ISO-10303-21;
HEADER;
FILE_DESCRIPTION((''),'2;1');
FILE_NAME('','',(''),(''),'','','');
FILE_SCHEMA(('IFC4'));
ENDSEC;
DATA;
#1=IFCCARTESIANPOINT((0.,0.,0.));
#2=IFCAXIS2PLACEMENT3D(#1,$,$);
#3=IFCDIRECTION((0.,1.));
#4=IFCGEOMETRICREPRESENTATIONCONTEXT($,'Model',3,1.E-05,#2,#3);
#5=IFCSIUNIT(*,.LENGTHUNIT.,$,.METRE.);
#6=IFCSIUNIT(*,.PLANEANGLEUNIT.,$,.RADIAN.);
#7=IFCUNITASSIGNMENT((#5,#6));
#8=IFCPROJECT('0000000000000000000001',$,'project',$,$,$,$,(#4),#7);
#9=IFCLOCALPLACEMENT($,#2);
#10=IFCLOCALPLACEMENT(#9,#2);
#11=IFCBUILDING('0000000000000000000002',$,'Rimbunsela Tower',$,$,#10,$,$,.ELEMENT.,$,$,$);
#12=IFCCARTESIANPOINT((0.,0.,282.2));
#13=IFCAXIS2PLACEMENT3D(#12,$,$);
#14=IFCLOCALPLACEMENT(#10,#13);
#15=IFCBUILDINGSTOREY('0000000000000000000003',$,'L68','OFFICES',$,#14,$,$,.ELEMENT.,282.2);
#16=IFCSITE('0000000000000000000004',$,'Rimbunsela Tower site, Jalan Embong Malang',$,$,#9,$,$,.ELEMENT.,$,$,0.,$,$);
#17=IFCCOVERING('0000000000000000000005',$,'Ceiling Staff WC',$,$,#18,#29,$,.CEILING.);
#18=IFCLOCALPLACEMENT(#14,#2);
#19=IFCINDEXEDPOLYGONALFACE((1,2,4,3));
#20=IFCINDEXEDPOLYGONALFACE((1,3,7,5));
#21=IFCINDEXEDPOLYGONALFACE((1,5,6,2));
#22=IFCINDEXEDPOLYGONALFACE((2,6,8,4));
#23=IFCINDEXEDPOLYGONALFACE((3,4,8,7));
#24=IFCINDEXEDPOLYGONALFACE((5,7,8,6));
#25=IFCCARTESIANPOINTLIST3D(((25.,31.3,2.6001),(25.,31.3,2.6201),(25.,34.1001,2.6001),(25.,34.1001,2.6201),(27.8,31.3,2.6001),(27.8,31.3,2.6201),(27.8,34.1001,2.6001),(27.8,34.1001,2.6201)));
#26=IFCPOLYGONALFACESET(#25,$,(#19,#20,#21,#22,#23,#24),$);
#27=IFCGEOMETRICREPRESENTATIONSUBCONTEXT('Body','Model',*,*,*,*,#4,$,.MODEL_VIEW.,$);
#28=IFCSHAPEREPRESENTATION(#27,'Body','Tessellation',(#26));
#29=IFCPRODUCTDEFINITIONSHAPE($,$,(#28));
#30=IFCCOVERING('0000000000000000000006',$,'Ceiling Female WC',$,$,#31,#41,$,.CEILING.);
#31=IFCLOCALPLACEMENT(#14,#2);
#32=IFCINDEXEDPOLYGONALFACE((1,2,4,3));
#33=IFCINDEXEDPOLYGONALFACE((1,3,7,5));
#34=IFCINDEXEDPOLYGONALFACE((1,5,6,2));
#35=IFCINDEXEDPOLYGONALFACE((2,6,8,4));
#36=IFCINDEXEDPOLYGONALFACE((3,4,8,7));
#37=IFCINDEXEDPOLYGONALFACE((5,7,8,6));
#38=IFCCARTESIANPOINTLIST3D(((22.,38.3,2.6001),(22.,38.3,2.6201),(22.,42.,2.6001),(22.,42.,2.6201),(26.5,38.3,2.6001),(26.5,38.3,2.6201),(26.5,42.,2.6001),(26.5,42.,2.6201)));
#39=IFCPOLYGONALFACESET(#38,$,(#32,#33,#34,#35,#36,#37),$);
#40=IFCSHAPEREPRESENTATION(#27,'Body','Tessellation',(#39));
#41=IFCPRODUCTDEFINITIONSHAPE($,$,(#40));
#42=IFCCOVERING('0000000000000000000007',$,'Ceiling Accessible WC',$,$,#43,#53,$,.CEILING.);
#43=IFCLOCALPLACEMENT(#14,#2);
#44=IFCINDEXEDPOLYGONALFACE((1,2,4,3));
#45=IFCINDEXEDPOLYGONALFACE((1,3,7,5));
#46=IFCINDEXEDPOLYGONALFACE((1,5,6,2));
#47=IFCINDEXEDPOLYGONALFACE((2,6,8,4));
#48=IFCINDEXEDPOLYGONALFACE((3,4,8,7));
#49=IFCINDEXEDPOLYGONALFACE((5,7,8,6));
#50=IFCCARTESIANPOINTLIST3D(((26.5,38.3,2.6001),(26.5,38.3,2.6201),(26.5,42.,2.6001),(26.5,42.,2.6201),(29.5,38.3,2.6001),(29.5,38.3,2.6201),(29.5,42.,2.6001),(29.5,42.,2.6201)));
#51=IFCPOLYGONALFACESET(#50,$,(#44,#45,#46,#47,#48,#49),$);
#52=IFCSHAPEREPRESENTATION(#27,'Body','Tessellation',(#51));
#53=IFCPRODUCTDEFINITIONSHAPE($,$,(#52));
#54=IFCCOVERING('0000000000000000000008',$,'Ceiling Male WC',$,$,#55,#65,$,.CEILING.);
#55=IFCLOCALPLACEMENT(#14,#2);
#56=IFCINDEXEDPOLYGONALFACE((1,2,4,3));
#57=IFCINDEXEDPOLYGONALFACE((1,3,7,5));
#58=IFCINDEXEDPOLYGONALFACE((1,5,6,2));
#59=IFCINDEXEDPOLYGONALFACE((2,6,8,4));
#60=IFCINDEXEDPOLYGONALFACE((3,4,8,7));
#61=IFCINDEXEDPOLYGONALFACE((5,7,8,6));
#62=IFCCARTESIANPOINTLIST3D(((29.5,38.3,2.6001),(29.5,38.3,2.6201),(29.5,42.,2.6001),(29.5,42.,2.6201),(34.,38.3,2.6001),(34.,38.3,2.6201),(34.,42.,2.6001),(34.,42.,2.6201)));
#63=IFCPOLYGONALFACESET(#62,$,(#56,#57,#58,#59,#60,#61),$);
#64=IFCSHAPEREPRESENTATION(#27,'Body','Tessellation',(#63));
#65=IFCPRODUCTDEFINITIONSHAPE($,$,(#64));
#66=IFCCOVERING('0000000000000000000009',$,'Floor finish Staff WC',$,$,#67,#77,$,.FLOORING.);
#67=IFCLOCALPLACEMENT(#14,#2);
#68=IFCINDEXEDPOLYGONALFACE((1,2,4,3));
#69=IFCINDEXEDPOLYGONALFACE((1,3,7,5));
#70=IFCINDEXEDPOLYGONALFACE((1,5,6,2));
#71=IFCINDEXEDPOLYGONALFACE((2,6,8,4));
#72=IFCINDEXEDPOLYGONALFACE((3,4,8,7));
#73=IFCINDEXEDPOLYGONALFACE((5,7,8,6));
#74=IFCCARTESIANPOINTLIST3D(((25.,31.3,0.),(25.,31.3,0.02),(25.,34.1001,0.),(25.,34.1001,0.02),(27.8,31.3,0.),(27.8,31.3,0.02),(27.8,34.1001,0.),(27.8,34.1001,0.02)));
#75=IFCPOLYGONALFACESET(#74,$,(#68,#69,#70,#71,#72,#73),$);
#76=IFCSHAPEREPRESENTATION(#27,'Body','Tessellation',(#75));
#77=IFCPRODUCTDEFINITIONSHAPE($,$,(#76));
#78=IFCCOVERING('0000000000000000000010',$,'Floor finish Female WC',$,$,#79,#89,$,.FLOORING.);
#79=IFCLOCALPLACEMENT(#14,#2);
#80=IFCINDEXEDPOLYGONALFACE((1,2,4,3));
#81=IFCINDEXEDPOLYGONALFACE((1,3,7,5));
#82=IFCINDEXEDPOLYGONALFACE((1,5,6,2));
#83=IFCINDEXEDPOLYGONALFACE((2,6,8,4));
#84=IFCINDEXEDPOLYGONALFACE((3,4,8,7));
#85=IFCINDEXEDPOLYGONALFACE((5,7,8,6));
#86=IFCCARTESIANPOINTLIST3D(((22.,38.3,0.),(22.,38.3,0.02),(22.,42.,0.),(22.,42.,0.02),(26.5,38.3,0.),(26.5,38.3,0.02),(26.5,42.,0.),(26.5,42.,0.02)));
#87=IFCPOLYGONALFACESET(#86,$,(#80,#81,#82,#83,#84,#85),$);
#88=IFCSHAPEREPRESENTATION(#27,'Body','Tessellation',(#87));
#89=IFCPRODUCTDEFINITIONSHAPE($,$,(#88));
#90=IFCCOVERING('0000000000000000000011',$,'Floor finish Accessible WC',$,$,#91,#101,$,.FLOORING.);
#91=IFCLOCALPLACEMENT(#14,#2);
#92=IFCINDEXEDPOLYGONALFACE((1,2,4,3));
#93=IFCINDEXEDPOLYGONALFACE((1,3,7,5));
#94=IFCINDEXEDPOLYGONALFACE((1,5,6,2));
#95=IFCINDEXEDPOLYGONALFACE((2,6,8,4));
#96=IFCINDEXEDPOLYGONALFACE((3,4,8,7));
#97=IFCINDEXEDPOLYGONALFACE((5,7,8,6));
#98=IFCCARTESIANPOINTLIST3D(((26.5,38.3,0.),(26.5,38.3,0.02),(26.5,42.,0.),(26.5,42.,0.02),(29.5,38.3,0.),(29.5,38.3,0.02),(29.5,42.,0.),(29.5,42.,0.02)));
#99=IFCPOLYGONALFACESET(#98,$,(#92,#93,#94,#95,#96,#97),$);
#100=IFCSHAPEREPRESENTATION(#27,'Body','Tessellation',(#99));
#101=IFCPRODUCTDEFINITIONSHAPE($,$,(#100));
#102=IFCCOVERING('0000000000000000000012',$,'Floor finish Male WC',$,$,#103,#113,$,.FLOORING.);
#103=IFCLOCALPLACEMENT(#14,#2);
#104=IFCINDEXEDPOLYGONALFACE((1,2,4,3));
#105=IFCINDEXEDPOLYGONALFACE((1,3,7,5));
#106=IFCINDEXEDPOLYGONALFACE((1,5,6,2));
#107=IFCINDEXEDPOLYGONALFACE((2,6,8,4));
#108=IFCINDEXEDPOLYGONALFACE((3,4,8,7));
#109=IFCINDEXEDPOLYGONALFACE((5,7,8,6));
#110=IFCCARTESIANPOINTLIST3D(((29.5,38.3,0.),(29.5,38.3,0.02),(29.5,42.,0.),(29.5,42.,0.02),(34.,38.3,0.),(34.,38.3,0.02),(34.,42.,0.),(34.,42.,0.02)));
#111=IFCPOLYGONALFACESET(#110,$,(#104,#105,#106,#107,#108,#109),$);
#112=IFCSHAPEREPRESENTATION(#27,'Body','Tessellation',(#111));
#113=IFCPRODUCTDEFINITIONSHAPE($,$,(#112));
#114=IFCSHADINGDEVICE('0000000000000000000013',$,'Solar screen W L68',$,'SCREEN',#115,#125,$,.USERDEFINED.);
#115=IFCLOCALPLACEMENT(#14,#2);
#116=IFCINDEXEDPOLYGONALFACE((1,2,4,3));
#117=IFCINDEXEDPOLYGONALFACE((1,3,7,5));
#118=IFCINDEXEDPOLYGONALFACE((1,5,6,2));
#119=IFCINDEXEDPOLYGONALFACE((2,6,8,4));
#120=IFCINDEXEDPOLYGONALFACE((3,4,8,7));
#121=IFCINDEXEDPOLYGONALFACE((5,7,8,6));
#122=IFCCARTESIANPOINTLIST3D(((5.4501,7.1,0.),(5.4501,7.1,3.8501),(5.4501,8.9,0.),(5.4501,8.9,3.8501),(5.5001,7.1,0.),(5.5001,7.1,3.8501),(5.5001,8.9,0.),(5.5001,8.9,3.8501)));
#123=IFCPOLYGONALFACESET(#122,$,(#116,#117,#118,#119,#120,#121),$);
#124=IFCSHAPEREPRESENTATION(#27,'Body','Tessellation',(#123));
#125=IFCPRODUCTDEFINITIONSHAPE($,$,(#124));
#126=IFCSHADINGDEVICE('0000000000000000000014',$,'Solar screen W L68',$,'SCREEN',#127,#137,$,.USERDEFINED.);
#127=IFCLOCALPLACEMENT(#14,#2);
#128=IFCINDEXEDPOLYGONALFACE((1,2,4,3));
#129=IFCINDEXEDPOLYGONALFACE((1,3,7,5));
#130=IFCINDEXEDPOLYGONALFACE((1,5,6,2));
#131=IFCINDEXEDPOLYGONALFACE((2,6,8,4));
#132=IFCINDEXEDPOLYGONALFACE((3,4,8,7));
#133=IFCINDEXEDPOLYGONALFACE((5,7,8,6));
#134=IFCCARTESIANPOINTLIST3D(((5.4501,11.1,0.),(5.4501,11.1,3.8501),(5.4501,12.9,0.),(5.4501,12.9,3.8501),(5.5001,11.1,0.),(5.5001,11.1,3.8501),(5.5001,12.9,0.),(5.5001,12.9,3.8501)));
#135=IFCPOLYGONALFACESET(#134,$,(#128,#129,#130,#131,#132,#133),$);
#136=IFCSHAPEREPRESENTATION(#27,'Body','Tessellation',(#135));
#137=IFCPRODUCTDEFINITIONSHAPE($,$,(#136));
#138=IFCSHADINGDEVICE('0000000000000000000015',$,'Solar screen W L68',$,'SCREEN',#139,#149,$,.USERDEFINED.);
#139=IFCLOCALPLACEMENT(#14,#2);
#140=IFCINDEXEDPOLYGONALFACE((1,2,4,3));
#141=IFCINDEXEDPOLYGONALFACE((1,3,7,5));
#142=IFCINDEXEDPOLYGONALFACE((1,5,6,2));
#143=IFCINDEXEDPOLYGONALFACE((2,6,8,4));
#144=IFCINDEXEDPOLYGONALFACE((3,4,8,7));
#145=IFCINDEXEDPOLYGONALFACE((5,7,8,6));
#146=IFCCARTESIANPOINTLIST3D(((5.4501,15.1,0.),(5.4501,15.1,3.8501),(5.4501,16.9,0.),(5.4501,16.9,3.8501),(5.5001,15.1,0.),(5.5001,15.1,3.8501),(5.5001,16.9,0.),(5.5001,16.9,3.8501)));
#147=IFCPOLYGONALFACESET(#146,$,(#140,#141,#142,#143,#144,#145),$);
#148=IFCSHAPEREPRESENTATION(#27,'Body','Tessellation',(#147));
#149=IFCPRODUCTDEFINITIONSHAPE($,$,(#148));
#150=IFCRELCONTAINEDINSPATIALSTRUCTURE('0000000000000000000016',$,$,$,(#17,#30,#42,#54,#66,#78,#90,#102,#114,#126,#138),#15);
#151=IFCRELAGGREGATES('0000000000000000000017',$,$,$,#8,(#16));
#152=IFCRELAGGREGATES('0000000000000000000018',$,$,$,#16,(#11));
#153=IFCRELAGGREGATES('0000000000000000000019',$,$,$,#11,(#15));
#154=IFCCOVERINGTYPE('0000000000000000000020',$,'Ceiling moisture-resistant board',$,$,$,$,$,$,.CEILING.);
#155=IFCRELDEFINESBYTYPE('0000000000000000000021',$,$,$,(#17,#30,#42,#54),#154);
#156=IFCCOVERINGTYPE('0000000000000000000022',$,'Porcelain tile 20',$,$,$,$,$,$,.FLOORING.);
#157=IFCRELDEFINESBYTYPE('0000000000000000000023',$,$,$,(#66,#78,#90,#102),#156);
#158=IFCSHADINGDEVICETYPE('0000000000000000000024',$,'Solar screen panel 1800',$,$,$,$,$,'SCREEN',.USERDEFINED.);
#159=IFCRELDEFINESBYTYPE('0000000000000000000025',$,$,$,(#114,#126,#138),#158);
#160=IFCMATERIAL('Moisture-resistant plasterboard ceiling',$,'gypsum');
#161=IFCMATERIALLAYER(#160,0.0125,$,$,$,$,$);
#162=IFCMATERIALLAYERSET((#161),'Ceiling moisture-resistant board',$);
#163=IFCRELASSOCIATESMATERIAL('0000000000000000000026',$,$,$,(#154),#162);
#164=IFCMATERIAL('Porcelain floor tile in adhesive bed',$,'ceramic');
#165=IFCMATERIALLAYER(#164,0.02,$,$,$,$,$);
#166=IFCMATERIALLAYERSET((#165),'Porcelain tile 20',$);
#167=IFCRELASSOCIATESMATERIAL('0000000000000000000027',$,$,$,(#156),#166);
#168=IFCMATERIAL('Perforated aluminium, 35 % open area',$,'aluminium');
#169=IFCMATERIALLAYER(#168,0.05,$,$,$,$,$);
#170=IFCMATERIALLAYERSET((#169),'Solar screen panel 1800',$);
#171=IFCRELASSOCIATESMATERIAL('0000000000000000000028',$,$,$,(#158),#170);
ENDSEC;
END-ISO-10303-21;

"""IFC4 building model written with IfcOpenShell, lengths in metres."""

from ifc_helpers import new_model, si_unit, direction, frame, origin, origin_2d, place, context, subcontext, project, spatial, polyline, rectangle, outline, extrude, material, layer, layer_set, type_object, element, save


model = new_model("IFC4")

# Units and contexts
model_context = context("Model", 3, precision=1e-05, world=origin(), true_north=direction((0.0, 1.0)))
body_context = subcontext(model_context, "Body", "Model", "MODEL_VIEW")
ifc_project = project(units=[si_unit("LENGTHUNIT", "METRE"), si_unit("PLANEANGLEUNIT", "RADIAN")], contexts=[model_context])

# Site, building, storey
site_placement = place(None, origin())
site = spatial("IfcSite", under=ifc_project, at=site_placement, Name="Rimbunsela Tower site, Jalan Embong Malang", CompositionType="ELEMENT", RefElevation=0.0)
building_placement = place(site_placement, origin())
building = spatial("IfcBuilding", under=site, at=building_placement, Name="Rimbunsela Tower", CompositionType="ELEMENT")
storey_placement = place(building_placement, frame((0.0, 0.0, 282.2)))
storey = spatial("IfcBuildingStorey", under=building, at=storey_placement, Name="L68", Description="OFFICES", CompositionType="ELEMENT", Elevation=282.2)

# Coverings
ifc_material_1 = material(Name="Moisture-resistant plasterboard ceiling", Category="gypsum")
ifc_layer_1 = layer(ifc_material_1, 0.0125)
ifc_layer_set_1 = layer_set([ifc_layer_1], Name="Ceiling moisture-resistant board")
covering_type_1 = type_object("IfcCoveringType", Name="Ceiling moisture-resistant board", PredefinedType="CEILING", material=ifc_layer_set_1)
covering_1_placement = place(storey_placement, frame((0.0, 0.0, 2.6001)))
element("IfcCovering", 1, at=covering_1_placement, inside=storey, type_object=covering_type_1, Name="Ceiling Staff WC", PredefinedType="CEILING", context=body_context, shape_type="SweptSolid", body=[
    extrude(outline(polyline([(27.8, 31.3), (27.8, 34.1001), (25.0, 34.1001), (25.0, 31.3), (27.8, 31.3)])), origin(), (0.0, 0.0, 1.0), 0.02),
])
covering_2_placement = place(storey_placement, frame((0.0, 0.0, 2.6001)))
element("IfcCovering", 2, at=covering_2_placement, inside=storey, type_object=covering_type_1, Name="Ceiling Female WC", PredefinedType="CEILING", context=body_context, shape_type="SweptSolid", body=[
    extrude(outline(polyline([(26.5, 38.3), (26.5, 42.0), (22.0, 42.0), (22.0, 38.3), (26.5, 38.3)])), origin(), (0.0, 0.0, 1.0), 0.02),
])
covering_3_placement = place(storey_placement, frame((0.0, 0.0, 2.6001)))
element("IfcCovering", 3, at=covering_3_placement, inside=storey, type_object=covering_type_1, Name="Ceiling Accessible WC", PredefinedType="CEILING", context=body_context, shape_type="SweptSolid", body=[
    extrude(outline(polyline([(29.5, 38.3), (29.5, 42.0), (26.5, 42.0), (26.5, 38.3), (29.5, 38.3)])), origin(), (0.0, 0.0, 1.0), 0.02),
])
covering_4_placement = place(storey_placement, frame((0.0, 0.0, 2.6001)))
element("IfcCovering", 4, at=covering_4_placement, inside=storey, type_object=covering_type_1, Name="Ceiling Male WC", PredefinedType="CEILING", context=body_context, shape_type="SweptSolid", body=[
    extrude(outline(polyline([(34.0, 38.3), (34.0, 42.0), (29.5, 42.0), (29.5, 38.3), (34.0, 38.3)])), origin(), (0.0, 0.0, 1.0), 0.02),
])
ifc_material_2 = material(Name="Porcelain floor tile in adhesive bed", Category="ceramic")
ifc_layer_2 = layer(ifc_material_2, 0.02)
ifc_layer_set_2 = layer_set([ifc_layer_2], Name="Porcelain tile 20")
covering_type_2 = type_object("IfcCoveringType", Name="Porcelain tile 20", PredefinedType="FLOORING", material=ifc_layer_set_2)
covering_5_placement = place(storey_placement, origin())
element("IfcCovering", 5, at=covering_5_placement, inside=storey, type_object=covering_type_2, Name="Floor finish Staff WC", PredefinedType="FLOORING", context=body_context, shape_type="SweptSolid", body=[
    extrude(outline(polyline([(27.8, 31.3), (27.8, 34.1001), (25.0, 34.1001), (25.0, 31.3), (27.8, 31.3)])), origin(), (0.0, 0.0, 1.0), 0.02),
])
covering_6_placement = place(storey_placement, origin())
element("IfcCovering", 6, at=covering_6_placement, inside=storey, type_object=covering_type_2, Name="Floor finish Female WC", PredefinedType="FLOORING", context=body_context, shape_type="SweptSolid", body=[
    extrude(outline(polyline([(26.5, 38.3), (26.5, 42.0), (22.0, 42.0), (22.0, 38.3), (26.5, 38.3)])), origin(), (0.0, 0.0, 1.0), 0.02),
])
covering_7_placement = place(storey_placement, origin())
element("IfcCovering", 7, at=covering_7_placement, inside=storey, type_object=covering_type_2, Name="Floor finish Accessible WC", PredefinedType="FLOORING", context=body_context, shape_type="SweptSolid", body=[
    extrude(outline(polyline([(29.5, 38.3), (29.5, 42.0), (26.5, 42.0), (26.5, 38.3), (29.5, 38.3)])), origin(), (0.0, 0.0, 1.0), 0.02),
])
covering_8_placement = place(storey_placement, origin())
element("IfcCovering", 8, at=covering_8_placement, inside=storey, type_object=covering_type_2, Name="Floor finish Male WC", PredefinedType="FLOORING", context=body_context, shape_type="SweptSolid", body=[
    extrude(outline(polyline([(34.0, 38.3), (34.0, 42.0), (29.5, 42.0), (29.5, 38.3), (34.0, 38.3)])), origin(), (0.0, 0.0, 1.0), 0.02),
])

# Shading devices
ifc_material_3 = material(Name="Perforated aluminium, 35 % open area", Category="aluminium")
ifc_layer_3 = layer(ifc_material_3, 0.05)
ifc_layer_set_3 = layer_set([ifc_layer_3], Name="Solar screen panel 1800")
shading_device_type = type_object("IfcShadingDeviceType", Name="Solar screen panel 1800", ElementType="SCREEN", PredefinedType="USERDEFINED", material=ifc_layer_set_3)
for number, where, z_axis, x_axis, name in (
    (9, (5.4751, 8.0, 0.0), (0.0, 0.0, 1.0), (0.0, 1.0, 0.0), "Solar screen W L68"),
    (10, (5.4751, 12.0, 0.0), (0.0, 0.0, 1.0), (0.0, 1.0, 0.0), "Solar screen W L68"),
    (11, (5.4751, 16.0, 0.0), (0.0, 0.0, 1.0), (0.0, 1.0, 0.0), "Solar screen W L68"),
):
    element("IfcShadingDevice", number, at=place(storey_placement, frame(where, z_axis=z_axis, x_axis=x_axis)), inside=storey, type_object=shading_device_type, Name=name, ObjectType="SCREEN", PredefinedType="USERDEFINED", context=body_context, shape_type="SweptSolid", body=[
        extrude(rectangle(XDim=1.8, YDim=0.05, at=origin_2d()), origin(), (0.0, 0.0, 1.0), 3.8501),
    ])

save(model, "model.ifc")
